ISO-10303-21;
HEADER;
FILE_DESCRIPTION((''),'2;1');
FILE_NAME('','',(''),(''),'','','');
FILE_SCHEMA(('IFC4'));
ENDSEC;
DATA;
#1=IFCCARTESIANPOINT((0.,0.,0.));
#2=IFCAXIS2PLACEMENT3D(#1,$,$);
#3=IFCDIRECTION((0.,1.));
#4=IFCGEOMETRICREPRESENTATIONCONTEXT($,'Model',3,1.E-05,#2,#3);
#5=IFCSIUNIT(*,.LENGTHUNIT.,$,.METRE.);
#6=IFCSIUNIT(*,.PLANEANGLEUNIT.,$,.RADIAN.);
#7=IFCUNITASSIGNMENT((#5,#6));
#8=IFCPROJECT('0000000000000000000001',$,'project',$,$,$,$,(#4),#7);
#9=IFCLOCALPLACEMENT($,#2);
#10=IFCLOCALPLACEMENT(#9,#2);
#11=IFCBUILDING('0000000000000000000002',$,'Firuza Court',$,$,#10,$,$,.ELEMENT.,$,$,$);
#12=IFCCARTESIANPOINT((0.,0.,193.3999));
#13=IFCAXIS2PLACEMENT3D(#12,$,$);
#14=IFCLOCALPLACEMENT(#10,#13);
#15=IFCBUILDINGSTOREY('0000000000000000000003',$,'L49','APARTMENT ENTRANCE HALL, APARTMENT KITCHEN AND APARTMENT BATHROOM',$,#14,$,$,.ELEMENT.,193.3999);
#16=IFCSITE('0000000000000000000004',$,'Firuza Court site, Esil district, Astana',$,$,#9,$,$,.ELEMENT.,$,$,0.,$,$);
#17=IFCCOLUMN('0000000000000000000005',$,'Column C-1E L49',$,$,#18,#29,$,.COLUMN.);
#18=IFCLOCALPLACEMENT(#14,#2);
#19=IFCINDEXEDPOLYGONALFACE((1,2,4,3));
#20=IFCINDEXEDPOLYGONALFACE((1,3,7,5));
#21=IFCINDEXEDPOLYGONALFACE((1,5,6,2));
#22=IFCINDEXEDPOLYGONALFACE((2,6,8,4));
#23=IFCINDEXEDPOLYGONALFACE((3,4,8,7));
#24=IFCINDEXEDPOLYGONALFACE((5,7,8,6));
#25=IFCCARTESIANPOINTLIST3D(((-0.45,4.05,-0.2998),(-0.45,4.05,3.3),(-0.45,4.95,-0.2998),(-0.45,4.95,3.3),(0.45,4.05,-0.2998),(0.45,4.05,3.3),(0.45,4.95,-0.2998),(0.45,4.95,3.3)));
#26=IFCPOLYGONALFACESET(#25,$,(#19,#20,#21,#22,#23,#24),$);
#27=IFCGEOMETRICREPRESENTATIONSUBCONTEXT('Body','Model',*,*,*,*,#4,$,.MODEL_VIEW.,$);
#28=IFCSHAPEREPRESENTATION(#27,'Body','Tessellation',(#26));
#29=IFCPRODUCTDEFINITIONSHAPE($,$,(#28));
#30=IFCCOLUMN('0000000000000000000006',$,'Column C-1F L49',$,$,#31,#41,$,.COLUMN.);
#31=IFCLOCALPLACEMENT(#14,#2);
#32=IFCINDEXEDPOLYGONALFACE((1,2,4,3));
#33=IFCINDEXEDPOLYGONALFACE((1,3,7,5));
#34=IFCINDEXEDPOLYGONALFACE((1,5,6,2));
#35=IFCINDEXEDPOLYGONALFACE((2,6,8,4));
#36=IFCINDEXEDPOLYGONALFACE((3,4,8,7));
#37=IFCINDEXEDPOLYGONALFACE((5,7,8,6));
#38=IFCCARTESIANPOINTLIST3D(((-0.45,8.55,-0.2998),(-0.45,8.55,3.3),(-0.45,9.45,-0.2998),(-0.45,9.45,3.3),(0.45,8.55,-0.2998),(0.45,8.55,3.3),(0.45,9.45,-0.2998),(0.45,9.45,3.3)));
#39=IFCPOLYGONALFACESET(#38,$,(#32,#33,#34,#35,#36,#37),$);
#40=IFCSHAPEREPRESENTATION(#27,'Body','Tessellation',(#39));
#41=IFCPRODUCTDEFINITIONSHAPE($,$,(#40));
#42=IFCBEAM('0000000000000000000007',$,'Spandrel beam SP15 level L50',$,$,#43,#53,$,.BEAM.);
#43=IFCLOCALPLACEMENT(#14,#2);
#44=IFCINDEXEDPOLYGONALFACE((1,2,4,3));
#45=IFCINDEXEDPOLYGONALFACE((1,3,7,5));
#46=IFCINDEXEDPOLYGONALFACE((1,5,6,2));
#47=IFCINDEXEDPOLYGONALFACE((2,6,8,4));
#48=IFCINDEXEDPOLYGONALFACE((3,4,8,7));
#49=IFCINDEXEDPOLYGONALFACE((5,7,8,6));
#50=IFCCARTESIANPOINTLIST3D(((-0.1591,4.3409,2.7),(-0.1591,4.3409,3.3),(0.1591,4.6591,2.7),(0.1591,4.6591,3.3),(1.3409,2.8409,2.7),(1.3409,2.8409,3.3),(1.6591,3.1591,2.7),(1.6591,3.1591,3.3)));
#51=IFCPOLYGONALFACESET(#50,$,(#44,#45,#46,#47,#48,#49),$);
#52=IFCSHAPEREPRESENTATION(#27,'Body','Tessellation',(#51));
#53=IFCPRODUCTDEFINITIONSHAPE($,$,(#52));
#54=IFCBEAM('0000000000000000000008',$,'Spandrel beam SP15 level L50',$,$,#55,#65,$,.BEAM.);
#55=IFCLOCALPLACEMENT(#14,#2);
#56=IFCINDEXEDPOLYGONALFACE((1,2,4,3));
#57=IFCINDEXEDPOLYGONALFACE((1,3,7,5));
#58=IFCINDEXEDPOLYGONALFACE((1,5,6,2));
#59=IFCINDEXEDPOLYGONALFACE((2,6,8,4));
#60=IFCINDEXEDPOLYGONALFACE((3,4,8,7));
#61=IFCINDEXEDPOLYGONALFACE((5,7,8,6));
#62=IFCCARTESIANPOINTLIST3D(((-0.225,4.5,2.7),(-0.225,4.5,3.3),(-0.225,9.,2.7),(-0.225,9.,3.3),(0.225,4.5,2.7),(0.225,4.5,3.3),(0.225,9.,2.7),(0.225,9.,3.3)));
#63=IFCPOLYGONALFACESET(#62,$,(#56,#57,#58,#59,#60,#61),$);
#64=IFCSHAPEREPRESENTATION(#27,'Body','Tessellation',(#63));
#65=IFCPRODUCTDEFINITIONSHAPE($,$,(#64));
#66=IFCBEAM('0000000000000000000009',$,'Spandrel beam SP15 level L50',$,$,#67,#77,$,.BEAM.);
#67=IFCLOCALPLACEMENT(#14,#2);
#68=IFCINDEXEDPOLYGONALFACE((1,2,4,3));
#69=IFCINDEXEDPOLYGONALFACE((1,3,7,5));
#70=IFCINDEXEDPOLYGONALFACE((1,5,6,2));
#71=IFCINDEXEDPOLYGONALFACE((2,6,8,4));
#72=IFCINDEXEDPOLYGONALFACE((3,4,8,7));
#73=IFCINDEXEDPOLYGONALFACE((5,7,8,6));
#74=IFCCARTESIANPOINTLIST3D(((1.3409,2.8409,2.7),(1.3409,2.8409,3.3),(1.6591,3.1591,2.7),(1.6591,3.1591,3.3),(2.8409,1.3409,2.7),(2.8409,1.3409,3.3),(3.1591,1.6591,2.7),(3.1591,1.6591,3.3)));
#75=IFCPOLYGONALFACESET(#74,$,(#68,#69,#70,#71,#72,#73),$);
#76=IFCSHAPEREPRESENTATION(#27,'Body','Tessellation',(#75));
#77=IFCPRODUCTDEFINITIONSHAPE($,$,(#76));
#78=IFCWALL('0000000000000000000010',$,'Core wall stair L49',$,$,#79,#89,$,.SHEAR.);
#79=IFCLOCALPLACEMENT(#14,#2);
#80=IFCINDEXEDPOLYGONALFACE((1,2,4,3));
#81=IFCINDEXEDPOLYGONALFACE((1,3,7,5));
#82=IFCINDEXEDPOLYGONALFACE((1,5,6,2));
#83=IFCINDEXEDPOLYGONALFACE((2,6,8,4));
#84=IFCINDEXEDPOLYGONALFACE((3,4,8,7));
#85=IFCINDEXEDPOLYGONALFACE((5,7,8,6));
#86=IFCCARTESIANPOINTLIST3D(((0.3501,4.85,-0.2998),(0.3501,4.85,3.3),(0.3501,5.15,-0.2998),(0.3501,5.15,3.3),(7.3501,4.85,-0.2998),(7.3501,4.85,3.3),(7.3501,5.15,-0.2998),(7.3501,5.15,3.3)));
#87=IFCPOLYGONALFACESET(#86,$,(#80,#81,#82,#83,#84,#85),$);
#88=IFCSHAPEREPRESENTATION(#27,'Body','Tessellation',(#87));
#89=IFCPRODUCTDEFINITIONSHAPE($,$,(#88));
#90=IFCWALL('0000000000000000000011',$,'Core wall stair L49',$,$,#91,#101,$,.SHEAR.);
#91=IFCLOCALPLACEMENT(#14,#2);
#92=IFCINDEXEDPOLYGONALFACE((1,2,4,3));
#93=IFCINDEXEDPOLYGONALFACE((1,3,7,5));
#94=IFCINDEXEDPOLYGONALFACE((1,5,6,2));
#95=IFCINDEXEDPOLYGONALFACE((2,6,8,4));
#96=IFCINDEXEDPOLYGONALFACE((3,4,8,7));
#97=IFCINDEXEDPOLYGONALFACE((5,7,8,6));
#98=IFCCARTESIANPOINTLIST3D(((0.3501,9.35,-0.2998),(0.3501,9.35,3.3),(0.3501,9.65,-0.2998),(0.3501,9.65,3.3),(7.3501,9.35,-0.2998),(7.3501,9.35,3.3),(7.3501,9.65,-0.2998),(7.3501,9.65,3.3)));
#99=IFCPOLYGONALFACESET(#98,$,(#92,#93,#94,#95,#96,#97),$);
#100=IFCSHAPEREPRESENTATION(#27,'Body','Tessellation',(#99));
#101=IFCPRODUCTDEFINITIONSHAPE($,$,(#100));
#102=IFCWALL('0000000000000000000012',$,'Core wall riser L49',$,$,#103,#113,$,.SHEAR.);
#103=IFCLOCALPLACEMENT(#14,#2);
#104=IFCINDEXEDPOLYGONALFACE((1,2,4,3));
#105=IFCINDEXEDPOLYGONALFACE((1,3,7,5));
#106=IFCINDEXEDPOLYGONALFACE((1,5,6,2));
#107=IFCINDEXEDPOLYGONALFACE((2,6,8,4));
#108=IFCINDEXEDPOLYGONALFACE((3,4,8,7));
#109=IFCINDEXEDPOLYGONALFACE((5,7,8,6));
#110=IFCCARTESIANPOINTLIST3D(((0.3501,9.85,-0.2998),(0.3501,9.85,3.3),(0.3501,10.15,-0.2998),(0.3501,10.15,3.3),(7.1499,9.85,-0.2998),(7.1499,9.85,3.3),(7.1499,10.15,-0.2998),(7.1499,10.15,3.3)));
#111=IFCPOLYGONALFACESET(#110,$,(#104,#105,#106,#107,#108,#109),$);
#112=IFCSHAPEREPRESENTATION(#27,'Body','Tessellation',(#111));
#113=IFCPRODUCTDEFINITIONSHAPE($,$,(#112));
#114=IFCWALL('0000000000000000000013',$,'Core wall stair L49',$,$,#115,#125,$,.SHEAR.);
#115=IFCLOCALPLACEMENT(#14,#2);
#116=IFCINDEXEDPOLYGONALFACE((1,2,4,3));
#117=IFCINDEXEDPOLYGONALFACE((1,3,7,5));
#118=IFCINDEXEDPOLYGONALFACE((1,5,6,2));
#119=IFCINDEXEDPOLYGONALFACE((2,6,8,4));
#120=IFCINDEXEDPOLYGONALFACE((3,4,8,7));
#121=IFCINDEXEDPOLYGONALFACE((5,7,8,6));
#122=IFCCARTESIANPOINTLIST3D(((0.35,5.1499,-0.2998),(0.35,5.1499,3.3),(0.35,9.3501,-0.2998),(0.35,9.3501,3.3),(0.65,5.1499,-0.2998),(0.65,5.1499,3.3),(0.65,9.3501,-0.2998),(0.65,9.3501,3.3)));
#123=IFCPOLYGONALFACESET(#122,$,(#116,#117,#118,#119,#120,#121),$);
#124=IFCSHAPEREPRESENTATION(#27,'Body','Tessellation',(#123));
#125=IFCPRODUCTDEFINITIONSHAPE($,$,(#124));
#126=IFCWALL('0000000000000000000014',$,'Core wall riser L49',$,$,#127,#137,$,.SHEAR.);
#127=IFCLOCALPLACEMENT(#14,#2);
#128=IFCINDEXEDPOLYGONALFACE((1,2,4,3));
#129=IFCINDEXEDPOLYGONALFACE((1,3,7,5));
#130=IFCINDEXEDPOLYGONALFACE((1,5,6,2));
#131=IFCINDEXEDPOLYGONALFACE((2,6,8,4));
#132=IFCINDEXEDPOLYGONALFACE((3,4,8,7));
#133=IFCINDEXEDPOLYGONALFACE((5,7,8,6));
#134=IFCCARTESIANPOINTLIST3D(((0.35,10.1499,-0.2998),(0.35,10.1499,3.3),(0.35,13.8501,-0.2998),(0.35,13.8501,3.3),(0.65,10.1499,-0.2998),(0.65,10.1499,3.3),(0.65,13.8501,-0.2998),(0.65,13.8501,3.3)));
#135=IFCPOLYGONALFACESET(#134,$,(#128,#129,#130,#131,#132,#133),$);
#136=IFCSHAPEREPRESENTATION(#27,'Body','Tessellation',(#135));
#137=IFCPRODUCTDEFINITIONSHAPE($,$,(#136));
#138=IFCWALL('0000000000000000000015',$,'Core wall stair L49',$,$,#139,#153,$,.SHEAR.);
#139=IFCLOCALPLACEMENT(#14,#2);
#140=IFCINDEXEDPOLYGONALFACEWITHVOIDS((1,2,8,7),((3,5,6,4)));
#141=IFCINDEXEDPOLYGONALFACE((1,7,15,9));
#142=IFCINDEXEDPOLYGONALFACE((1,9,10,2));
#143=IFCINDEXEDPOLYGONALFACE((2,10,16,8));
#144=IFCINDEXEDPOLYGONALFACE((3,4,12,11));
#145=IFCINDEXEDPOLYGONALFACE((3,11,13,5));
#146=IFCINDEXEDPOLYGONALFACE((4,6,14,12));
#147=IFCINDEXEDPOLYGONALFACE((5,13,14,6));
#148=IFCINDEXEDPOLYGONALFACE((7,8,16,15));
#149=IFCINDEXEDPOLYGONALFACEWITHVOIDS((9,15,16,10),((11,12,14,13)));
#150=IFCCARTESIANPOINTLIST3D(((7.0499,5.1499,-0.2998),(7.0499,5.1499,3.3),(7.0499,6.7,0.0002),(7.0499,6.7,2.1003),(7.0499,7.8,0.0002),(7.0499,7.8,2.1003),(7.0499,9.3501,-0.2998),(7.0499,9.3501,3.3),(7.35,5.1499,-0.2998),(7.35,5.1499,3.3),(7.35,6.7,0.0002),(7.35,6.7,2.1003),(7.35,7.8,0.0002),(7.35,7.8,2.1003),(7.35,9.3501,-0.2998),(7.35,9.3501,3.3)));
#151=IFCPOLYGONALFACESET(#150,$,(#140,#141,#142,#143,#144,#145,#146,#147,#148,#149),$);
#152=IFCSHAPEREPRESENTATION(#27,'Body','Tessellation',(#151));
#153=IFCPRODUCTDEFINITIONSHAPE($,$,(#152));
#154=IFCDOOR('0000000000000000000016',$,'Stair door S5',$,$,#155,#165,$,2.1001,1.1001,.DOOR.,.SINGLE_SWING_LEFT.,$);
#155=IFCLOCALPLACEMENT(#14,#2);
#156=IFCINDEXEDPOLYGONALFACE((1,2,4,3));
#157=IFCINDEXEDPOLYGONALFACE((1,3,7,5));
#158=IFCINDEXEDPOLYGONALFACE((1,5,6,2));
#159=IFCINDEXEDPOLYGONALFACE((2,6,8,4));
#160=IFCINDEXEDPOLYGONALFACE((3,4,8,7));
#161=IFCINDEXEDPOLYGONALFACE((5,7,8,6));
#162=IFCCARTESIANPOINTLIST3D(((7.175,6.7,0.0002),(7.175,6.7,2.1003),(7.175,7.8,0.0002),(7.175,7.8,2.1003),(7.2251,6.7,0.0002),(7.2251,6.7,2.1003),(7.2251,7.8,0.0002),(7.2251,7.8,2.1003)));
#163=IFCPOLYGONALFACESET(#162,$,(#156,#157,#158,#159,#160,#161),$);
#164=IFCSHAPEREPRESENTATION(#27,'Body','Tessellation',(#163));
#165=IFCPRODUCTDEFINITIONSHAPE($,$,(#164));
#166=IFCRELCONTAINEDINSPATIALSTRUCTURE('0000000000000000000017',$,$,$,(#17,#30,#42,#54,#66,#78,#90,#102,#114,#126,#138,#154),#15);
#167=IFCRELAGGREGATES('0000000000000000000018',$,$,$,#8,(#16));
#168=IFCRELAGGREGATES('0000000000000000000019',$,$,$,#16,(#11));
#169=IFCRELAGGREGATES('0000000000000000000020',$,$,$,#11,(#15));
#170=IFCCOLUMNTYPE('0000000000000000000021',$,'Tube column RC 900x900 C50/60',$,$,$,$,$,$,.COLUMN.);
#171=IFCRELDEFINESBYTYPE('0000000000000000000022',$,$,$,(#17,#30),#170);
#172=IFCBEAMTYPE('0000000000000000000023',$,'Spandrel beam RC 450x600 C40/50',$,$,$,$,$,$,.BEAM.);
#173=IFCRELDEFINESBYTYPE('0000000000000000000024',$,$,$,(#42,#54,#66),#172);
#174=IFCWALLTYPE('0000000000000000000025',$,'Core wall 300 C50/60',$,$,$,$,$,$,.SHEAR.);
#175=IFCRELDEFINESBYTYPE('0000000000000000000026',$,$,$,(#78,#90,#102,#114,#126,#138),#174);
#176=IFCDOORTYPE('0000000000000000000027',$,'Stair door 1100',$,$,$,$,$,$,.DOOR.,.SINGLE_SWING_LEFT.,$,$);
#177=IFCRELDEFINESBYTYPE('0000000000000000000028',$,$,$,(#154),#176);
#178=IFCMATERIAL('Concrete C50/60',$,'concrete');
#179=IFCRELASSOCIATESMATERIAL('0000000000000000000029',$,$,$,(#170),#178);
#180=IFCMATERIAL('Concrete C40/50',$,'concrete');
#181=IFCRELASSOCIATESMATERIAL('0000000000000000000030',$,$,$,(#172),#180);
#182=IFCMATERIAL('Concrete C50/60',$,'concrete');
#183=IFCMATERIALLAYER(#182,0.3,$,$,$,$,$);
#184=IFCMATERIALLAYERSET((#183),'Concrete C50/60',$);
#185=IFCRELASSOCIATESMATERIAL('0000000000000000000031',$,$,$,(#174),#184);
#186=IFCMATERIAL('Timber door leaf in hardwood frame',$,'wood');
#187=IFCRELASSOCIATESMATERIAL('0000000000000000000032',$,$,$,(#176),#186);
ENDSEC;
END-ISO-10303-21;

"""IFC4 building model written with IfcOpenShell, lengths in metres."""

from ifc_helpers import new_model, si_unit, direction, frame, frame_2d, origin, origin_2d, place, context, subcontext, project, spatial, rectangle, extrude, material, layer, layer_set, material_profile, profile_set, type_object, element, fill, save


model = new_model("IFC4")

# Units and contexts
model_context = context("Model", 3, precision=1e-05, world=origin(), true_north=direction((0.0, 1.0)))
body_context = subcontext(model_context, "Body", "Model", "MODEL_VIEW")
ifc_project = project(units=[si_unit("LENGTHUNIT", "METRE"), si_unit("PLANEANGLEUNIT", "RADIAN")], contexts=[model_context])

# Site, building, storey
site_placement = place(None, origin())
site = spatial("IfcSite", under=ifc_project, at=site_placement, Name="Firuza Court site, Esil district, Astana", CompositionType="ELEMENT", RefElevation=0.0)
building_placement = place(site_placement, origin())
building = spatial("IfcBuilding", under=site, at=building_placement, Name="Firuza Court", CompositionType="ELEMENT")
storey_placement = place(building_placement, frame((0.0, 0.0, 193.3999)))
storey = spatial("IfcBuildingStorey", under=building, at=storey_placement, Name="L49", Description="APARTMENT ENTRANCE HALL, APARTMENT KITCHEN AND APARTMENT BATHROOM", CompositionType="ELEMENT", Elevation=193.3999)

# Columns
ifc_material_1 = material(Name="Concrete C50/60", Category="concrete")
ifc_material_profile_1 = material_profile(ifc_material_1, rectangle(XDim=0.8999, YDim=0.8999, at=origin_2d()), Name="RC 900x900")
ifc_profile_set_1 = profile_set([ifc_material_profile_1], Name="Concrete C50/60")
column_type = type_object("IfcColumnType", Name="Tube column RC 900x900 C50/60", PredefinedType="COLUMN", material=ifc_profile_set_1)
for number, where, z_axis, x_axis, name in (
    (1, (0.0, 4.5, -0.2998), (0.0, 0.0, 1.0), (1.0, 0.0, 0.0), "Column C-1E L49"),
    (2, (0.0, 9.0, -0.2998), (0.0, 0.0, 1.0), (1.0, 0.0, 0.0), "Column C-1F L49"),
):
    element("IfcColumn", number, at=place(storey_placement, frame(where, z_axis=z_axis, x_axis=x_axis)), inside=storey, type_object=column_type, Name=name, PredefinedType="COLUMN", context=body_context, shape_type="SweptSolid", body=[
        extrude(rectangle(XDim=0.8999, YDim=0.8999, at=origin_2d()), origin(), (0.0, 0.0, 1.0), 3.5999),
    ])

# Beams
ifc_material_2 = material(Name="Concrete C40/50", Category="concrete")
ifc_material_profile_2 = material_profile(ifc_material_2, rectangle(XDim=0.45, YDim=0.6001, at=origin_2d()), Name="RC 450x600")
ifc_profile_set_2 = profile_set([ifc_material_profile_2], Name="Concrete C40/50")
beam_type = type_object("IfcBeamType", Name="Spandrel beam RC 450x600 C40/50", PredefinedType="BEAM", material=ifc_profile_set_2)
beam_1_placement = place(storey_placement, frame((0.0, 4.5, 3.0), z_axis=(0.707107, -0.707107, 0.0), x_axis=(0.707107, 0.707107, 0.0)))
element("IfcBeam", 3, at=beam_1_placement, inside=storey, type_object=beam_type, Name="Spandrel beam SP15 level L50", PredefinedType="BEAM", context=body_context, shape_type="SweptSolid", body=[
    extrude(rectangle(XDim=0.45, YDim=0.6001, at=origin_2d()), origin(), (0.0, 0.0, 1.0), 2.1213),
])
beam_2_placement = place(storey_placement, frame((0.0, 9.0, 3.0), z_axis=(0.0, -1.0, 0.0), x_axis=(1.0, 0.0, 0.0)))
element("IfcBeam", 4, at=beam_2_placement, inside=storey, type_object=beam_type, Name="Spandrel beam SP15 level L50", PredefinedType="BEAM", context=body_context, shape_type="SweptSolid", body=[
    extrude(rectangle(XDim=0.45, YDim=0.6001, at=origin_2d()), origin(), (0.0, 0.0, 1.0), 4.5),
])
beam_3_placement = place(storey_placement, frame((1.5, 3.0, 3.0), z_axis=(0.707107, -0.707107, 0.0), x_axis=(0.707107, 0.707107, 0.0)))
element("IfcBeam", 5, at=beam_3_placement, inside=storey, type_object=beam_type, Name="Spandrel beam SP15 level L50", PredefinedType="BEAM", context=body_context, shape_type="SweptSolid", body=[
    extrude(rectangle(XDim=0.45, YDim=0.6001, at=origin_2d()), origin(), (0.0, 0.0, 1.0), 2.1213),
])

# Walls
ifc_material_3 = material(Name="Concrete C50/60", Category="concrete")
ifc_layer_1 = layer(ifc_material_3, 0.3)
ifc_layer_set_1 = layer_set([ifc_layer_1], Name="Concrete C50/60")
wall_type_1 = type_object("IfcWallType", Name="Core wall 300 C50/60", PredefinedType="SHEAR", material=ifc_layer_set_1)
for number, where, z_axis, x_axis, name in (
    (6, (0.3501, 5.0, -0.2998), (0.0, 0.0, 1.0), (1.0, 0.0, 0.0), "Core wall stair L49"),
    (7, (0.3501, 9.5, -0.2998), (0.0, 0.0, 1.0), (1.0, 0.0, 0.0), "Core wall stair L49"),
):
    element("IfcWall", number, at=place(storey_placement, frame(where, z_axis=z_axis, x_axis=x_axis)), inside=storey, type_object=wall_type_1, Name=name, PredefinedType="SHEAR", context=body_context, shape_type="SweptSolid", body=[
        extrude(rectangle(XDim=7.0, YDim=0.3, at=frame_2d((3.5, 0.0))), origin(), (0.0, 0.0, 1.0), 3.5999),
    ])
wall_1_placement = place(storey_placement, frame((0.3501, 10.0, -0.2998), z_axis=(0.0, 0.0, 1.0), x_axis=(1.0, 0.0, 0.0)))
element("IfcWall", 8, at=wall_1_placement, inside=storey, type_object=wall_type_1, Name="Core wall riser L49", PredefinedType="SHEAR", context=body_context, shape_type="SweptSolid", body=[
    extrude(rectangle(XDim=6.7998, YDim=0.3, at=frame_2d((3.3999, 0.0))), origin(), (0.0, 0.0, 1.0), 3.5999),
])
wall_2_placement = place(storey_placement, frame((0.5, 5.1499, -0.2998), z_axis=(0.0, 0.0, 1.0), x_axis=(0.0, 1.0, 0.0)))
element("IfcWall", 9, at=wall_2_placement, inside=storey, type_object=wall_type_1, Name="Core wall stair L49", PredefinedType="SHEAR", context=body_context, shape_type="SweptSolid", body=[
    extrude(rectangle(XDim=4.2002, YDim=0.3, at=frame_2d((2.1001, 0.0))), origin(), (0.0, 0.0, 1.0), 3.5999),
])
wall_3_placement = place(storey_placement, frame((0.5, 10.1499, -0.2998), z_axis=(0.0, 0.0, 1.0), x_axis=(0.0, 1.0, 0.0)))
element("IfcWall", 10, at=wall_3_placement, inside=storey, type_object=wall_type_1, Name="Core wall riser L49", PredefinedType="SHEAR", context=body_context, shape_type="SweptSolid", body=[
    extrude(rectangle(XDim=3.7002, YDim=0.3, at=frame_2d((1.8501, 0.0))), origin(), (0.0, 0.0, 1.0), 3.5999),
])

# Wall, opening, door
wall_4_placement = place(storey_placement, frame((7.2, 5.1499, -0.2998), z_axis=(0.0, 0.0, 1.0), x_axis=(0.0, 1.0, 0.0)))
wall_4 = element("IfcWall", 11, at=wall_4_placement, inside=storey, type_object=wall_type_1, Name="Core wall stair L49", PredefinedType="SHEAR", context=body_context, shape_type="SweptSolid", body=[
    extrude(rectangle(XDim=4.2002, YDim=0.3, at=frame_2d((2.1001, 0.0))), origin(), (0.0, 0.0, 1.0), 3.5999),
])
opening_1_placement = place(wall_4_placement, frame((1.55, 0.0, 0.3)))
opening_1 = element("IfcOpeningElement", 12, at=opening_1_placement, cuts=wall_4, PredefinedType="OPENING", context=body_context, shape_type="SweptSolid", body=[
    extrude(rectangle(XDim=1.1001, YDim=2.1001, at=frame_2d((0.55, 1.05))), frame((0.0, 0.1621, 0.0), z_axis=(0.0, -1.0, 0.0), x_axis=(1.0, 0.0, 0.0)), (0.0, 0.0, 1.0), 0.324),
])
ifc_material_4 = material(Name="Timber door leaf in hardwood frame", Category="wood")
door_type_1 = type_object("IfcDoorType", Name="Stair door 1100", OperationType="SINGLE_SWING_LEFT", PredefinedType="DOOR", material=ifc_material_4)
door_1_placement = place(opening_1_placement, origin())
door_1 = element("IfcDoor", 13, at=door_1_placement, inside=storey, type_object=door_type_1, Name="Stair door S5", OperationType="SINGLE_SWING_LEFT", OverallHeight=2.1001, OverallWidth=1.1001, PredefinedType="DOOR", context=body_context, shape_type="SweptSolid", body=[
    extrude(rectangle(XDim=1.1001, YDim=2.1001, at=frame_2d((0.55, 1.05))), frame((0.0, 0.0249, 0.0), z_axis=(0.0, -1.0, 0.0), x_axis=(1.0, 0.0, 0.0)), (0.0, 0.0, 1.0), 0.05),
])
fill(opening_1, door_1)

save(model, "model.ifc")
